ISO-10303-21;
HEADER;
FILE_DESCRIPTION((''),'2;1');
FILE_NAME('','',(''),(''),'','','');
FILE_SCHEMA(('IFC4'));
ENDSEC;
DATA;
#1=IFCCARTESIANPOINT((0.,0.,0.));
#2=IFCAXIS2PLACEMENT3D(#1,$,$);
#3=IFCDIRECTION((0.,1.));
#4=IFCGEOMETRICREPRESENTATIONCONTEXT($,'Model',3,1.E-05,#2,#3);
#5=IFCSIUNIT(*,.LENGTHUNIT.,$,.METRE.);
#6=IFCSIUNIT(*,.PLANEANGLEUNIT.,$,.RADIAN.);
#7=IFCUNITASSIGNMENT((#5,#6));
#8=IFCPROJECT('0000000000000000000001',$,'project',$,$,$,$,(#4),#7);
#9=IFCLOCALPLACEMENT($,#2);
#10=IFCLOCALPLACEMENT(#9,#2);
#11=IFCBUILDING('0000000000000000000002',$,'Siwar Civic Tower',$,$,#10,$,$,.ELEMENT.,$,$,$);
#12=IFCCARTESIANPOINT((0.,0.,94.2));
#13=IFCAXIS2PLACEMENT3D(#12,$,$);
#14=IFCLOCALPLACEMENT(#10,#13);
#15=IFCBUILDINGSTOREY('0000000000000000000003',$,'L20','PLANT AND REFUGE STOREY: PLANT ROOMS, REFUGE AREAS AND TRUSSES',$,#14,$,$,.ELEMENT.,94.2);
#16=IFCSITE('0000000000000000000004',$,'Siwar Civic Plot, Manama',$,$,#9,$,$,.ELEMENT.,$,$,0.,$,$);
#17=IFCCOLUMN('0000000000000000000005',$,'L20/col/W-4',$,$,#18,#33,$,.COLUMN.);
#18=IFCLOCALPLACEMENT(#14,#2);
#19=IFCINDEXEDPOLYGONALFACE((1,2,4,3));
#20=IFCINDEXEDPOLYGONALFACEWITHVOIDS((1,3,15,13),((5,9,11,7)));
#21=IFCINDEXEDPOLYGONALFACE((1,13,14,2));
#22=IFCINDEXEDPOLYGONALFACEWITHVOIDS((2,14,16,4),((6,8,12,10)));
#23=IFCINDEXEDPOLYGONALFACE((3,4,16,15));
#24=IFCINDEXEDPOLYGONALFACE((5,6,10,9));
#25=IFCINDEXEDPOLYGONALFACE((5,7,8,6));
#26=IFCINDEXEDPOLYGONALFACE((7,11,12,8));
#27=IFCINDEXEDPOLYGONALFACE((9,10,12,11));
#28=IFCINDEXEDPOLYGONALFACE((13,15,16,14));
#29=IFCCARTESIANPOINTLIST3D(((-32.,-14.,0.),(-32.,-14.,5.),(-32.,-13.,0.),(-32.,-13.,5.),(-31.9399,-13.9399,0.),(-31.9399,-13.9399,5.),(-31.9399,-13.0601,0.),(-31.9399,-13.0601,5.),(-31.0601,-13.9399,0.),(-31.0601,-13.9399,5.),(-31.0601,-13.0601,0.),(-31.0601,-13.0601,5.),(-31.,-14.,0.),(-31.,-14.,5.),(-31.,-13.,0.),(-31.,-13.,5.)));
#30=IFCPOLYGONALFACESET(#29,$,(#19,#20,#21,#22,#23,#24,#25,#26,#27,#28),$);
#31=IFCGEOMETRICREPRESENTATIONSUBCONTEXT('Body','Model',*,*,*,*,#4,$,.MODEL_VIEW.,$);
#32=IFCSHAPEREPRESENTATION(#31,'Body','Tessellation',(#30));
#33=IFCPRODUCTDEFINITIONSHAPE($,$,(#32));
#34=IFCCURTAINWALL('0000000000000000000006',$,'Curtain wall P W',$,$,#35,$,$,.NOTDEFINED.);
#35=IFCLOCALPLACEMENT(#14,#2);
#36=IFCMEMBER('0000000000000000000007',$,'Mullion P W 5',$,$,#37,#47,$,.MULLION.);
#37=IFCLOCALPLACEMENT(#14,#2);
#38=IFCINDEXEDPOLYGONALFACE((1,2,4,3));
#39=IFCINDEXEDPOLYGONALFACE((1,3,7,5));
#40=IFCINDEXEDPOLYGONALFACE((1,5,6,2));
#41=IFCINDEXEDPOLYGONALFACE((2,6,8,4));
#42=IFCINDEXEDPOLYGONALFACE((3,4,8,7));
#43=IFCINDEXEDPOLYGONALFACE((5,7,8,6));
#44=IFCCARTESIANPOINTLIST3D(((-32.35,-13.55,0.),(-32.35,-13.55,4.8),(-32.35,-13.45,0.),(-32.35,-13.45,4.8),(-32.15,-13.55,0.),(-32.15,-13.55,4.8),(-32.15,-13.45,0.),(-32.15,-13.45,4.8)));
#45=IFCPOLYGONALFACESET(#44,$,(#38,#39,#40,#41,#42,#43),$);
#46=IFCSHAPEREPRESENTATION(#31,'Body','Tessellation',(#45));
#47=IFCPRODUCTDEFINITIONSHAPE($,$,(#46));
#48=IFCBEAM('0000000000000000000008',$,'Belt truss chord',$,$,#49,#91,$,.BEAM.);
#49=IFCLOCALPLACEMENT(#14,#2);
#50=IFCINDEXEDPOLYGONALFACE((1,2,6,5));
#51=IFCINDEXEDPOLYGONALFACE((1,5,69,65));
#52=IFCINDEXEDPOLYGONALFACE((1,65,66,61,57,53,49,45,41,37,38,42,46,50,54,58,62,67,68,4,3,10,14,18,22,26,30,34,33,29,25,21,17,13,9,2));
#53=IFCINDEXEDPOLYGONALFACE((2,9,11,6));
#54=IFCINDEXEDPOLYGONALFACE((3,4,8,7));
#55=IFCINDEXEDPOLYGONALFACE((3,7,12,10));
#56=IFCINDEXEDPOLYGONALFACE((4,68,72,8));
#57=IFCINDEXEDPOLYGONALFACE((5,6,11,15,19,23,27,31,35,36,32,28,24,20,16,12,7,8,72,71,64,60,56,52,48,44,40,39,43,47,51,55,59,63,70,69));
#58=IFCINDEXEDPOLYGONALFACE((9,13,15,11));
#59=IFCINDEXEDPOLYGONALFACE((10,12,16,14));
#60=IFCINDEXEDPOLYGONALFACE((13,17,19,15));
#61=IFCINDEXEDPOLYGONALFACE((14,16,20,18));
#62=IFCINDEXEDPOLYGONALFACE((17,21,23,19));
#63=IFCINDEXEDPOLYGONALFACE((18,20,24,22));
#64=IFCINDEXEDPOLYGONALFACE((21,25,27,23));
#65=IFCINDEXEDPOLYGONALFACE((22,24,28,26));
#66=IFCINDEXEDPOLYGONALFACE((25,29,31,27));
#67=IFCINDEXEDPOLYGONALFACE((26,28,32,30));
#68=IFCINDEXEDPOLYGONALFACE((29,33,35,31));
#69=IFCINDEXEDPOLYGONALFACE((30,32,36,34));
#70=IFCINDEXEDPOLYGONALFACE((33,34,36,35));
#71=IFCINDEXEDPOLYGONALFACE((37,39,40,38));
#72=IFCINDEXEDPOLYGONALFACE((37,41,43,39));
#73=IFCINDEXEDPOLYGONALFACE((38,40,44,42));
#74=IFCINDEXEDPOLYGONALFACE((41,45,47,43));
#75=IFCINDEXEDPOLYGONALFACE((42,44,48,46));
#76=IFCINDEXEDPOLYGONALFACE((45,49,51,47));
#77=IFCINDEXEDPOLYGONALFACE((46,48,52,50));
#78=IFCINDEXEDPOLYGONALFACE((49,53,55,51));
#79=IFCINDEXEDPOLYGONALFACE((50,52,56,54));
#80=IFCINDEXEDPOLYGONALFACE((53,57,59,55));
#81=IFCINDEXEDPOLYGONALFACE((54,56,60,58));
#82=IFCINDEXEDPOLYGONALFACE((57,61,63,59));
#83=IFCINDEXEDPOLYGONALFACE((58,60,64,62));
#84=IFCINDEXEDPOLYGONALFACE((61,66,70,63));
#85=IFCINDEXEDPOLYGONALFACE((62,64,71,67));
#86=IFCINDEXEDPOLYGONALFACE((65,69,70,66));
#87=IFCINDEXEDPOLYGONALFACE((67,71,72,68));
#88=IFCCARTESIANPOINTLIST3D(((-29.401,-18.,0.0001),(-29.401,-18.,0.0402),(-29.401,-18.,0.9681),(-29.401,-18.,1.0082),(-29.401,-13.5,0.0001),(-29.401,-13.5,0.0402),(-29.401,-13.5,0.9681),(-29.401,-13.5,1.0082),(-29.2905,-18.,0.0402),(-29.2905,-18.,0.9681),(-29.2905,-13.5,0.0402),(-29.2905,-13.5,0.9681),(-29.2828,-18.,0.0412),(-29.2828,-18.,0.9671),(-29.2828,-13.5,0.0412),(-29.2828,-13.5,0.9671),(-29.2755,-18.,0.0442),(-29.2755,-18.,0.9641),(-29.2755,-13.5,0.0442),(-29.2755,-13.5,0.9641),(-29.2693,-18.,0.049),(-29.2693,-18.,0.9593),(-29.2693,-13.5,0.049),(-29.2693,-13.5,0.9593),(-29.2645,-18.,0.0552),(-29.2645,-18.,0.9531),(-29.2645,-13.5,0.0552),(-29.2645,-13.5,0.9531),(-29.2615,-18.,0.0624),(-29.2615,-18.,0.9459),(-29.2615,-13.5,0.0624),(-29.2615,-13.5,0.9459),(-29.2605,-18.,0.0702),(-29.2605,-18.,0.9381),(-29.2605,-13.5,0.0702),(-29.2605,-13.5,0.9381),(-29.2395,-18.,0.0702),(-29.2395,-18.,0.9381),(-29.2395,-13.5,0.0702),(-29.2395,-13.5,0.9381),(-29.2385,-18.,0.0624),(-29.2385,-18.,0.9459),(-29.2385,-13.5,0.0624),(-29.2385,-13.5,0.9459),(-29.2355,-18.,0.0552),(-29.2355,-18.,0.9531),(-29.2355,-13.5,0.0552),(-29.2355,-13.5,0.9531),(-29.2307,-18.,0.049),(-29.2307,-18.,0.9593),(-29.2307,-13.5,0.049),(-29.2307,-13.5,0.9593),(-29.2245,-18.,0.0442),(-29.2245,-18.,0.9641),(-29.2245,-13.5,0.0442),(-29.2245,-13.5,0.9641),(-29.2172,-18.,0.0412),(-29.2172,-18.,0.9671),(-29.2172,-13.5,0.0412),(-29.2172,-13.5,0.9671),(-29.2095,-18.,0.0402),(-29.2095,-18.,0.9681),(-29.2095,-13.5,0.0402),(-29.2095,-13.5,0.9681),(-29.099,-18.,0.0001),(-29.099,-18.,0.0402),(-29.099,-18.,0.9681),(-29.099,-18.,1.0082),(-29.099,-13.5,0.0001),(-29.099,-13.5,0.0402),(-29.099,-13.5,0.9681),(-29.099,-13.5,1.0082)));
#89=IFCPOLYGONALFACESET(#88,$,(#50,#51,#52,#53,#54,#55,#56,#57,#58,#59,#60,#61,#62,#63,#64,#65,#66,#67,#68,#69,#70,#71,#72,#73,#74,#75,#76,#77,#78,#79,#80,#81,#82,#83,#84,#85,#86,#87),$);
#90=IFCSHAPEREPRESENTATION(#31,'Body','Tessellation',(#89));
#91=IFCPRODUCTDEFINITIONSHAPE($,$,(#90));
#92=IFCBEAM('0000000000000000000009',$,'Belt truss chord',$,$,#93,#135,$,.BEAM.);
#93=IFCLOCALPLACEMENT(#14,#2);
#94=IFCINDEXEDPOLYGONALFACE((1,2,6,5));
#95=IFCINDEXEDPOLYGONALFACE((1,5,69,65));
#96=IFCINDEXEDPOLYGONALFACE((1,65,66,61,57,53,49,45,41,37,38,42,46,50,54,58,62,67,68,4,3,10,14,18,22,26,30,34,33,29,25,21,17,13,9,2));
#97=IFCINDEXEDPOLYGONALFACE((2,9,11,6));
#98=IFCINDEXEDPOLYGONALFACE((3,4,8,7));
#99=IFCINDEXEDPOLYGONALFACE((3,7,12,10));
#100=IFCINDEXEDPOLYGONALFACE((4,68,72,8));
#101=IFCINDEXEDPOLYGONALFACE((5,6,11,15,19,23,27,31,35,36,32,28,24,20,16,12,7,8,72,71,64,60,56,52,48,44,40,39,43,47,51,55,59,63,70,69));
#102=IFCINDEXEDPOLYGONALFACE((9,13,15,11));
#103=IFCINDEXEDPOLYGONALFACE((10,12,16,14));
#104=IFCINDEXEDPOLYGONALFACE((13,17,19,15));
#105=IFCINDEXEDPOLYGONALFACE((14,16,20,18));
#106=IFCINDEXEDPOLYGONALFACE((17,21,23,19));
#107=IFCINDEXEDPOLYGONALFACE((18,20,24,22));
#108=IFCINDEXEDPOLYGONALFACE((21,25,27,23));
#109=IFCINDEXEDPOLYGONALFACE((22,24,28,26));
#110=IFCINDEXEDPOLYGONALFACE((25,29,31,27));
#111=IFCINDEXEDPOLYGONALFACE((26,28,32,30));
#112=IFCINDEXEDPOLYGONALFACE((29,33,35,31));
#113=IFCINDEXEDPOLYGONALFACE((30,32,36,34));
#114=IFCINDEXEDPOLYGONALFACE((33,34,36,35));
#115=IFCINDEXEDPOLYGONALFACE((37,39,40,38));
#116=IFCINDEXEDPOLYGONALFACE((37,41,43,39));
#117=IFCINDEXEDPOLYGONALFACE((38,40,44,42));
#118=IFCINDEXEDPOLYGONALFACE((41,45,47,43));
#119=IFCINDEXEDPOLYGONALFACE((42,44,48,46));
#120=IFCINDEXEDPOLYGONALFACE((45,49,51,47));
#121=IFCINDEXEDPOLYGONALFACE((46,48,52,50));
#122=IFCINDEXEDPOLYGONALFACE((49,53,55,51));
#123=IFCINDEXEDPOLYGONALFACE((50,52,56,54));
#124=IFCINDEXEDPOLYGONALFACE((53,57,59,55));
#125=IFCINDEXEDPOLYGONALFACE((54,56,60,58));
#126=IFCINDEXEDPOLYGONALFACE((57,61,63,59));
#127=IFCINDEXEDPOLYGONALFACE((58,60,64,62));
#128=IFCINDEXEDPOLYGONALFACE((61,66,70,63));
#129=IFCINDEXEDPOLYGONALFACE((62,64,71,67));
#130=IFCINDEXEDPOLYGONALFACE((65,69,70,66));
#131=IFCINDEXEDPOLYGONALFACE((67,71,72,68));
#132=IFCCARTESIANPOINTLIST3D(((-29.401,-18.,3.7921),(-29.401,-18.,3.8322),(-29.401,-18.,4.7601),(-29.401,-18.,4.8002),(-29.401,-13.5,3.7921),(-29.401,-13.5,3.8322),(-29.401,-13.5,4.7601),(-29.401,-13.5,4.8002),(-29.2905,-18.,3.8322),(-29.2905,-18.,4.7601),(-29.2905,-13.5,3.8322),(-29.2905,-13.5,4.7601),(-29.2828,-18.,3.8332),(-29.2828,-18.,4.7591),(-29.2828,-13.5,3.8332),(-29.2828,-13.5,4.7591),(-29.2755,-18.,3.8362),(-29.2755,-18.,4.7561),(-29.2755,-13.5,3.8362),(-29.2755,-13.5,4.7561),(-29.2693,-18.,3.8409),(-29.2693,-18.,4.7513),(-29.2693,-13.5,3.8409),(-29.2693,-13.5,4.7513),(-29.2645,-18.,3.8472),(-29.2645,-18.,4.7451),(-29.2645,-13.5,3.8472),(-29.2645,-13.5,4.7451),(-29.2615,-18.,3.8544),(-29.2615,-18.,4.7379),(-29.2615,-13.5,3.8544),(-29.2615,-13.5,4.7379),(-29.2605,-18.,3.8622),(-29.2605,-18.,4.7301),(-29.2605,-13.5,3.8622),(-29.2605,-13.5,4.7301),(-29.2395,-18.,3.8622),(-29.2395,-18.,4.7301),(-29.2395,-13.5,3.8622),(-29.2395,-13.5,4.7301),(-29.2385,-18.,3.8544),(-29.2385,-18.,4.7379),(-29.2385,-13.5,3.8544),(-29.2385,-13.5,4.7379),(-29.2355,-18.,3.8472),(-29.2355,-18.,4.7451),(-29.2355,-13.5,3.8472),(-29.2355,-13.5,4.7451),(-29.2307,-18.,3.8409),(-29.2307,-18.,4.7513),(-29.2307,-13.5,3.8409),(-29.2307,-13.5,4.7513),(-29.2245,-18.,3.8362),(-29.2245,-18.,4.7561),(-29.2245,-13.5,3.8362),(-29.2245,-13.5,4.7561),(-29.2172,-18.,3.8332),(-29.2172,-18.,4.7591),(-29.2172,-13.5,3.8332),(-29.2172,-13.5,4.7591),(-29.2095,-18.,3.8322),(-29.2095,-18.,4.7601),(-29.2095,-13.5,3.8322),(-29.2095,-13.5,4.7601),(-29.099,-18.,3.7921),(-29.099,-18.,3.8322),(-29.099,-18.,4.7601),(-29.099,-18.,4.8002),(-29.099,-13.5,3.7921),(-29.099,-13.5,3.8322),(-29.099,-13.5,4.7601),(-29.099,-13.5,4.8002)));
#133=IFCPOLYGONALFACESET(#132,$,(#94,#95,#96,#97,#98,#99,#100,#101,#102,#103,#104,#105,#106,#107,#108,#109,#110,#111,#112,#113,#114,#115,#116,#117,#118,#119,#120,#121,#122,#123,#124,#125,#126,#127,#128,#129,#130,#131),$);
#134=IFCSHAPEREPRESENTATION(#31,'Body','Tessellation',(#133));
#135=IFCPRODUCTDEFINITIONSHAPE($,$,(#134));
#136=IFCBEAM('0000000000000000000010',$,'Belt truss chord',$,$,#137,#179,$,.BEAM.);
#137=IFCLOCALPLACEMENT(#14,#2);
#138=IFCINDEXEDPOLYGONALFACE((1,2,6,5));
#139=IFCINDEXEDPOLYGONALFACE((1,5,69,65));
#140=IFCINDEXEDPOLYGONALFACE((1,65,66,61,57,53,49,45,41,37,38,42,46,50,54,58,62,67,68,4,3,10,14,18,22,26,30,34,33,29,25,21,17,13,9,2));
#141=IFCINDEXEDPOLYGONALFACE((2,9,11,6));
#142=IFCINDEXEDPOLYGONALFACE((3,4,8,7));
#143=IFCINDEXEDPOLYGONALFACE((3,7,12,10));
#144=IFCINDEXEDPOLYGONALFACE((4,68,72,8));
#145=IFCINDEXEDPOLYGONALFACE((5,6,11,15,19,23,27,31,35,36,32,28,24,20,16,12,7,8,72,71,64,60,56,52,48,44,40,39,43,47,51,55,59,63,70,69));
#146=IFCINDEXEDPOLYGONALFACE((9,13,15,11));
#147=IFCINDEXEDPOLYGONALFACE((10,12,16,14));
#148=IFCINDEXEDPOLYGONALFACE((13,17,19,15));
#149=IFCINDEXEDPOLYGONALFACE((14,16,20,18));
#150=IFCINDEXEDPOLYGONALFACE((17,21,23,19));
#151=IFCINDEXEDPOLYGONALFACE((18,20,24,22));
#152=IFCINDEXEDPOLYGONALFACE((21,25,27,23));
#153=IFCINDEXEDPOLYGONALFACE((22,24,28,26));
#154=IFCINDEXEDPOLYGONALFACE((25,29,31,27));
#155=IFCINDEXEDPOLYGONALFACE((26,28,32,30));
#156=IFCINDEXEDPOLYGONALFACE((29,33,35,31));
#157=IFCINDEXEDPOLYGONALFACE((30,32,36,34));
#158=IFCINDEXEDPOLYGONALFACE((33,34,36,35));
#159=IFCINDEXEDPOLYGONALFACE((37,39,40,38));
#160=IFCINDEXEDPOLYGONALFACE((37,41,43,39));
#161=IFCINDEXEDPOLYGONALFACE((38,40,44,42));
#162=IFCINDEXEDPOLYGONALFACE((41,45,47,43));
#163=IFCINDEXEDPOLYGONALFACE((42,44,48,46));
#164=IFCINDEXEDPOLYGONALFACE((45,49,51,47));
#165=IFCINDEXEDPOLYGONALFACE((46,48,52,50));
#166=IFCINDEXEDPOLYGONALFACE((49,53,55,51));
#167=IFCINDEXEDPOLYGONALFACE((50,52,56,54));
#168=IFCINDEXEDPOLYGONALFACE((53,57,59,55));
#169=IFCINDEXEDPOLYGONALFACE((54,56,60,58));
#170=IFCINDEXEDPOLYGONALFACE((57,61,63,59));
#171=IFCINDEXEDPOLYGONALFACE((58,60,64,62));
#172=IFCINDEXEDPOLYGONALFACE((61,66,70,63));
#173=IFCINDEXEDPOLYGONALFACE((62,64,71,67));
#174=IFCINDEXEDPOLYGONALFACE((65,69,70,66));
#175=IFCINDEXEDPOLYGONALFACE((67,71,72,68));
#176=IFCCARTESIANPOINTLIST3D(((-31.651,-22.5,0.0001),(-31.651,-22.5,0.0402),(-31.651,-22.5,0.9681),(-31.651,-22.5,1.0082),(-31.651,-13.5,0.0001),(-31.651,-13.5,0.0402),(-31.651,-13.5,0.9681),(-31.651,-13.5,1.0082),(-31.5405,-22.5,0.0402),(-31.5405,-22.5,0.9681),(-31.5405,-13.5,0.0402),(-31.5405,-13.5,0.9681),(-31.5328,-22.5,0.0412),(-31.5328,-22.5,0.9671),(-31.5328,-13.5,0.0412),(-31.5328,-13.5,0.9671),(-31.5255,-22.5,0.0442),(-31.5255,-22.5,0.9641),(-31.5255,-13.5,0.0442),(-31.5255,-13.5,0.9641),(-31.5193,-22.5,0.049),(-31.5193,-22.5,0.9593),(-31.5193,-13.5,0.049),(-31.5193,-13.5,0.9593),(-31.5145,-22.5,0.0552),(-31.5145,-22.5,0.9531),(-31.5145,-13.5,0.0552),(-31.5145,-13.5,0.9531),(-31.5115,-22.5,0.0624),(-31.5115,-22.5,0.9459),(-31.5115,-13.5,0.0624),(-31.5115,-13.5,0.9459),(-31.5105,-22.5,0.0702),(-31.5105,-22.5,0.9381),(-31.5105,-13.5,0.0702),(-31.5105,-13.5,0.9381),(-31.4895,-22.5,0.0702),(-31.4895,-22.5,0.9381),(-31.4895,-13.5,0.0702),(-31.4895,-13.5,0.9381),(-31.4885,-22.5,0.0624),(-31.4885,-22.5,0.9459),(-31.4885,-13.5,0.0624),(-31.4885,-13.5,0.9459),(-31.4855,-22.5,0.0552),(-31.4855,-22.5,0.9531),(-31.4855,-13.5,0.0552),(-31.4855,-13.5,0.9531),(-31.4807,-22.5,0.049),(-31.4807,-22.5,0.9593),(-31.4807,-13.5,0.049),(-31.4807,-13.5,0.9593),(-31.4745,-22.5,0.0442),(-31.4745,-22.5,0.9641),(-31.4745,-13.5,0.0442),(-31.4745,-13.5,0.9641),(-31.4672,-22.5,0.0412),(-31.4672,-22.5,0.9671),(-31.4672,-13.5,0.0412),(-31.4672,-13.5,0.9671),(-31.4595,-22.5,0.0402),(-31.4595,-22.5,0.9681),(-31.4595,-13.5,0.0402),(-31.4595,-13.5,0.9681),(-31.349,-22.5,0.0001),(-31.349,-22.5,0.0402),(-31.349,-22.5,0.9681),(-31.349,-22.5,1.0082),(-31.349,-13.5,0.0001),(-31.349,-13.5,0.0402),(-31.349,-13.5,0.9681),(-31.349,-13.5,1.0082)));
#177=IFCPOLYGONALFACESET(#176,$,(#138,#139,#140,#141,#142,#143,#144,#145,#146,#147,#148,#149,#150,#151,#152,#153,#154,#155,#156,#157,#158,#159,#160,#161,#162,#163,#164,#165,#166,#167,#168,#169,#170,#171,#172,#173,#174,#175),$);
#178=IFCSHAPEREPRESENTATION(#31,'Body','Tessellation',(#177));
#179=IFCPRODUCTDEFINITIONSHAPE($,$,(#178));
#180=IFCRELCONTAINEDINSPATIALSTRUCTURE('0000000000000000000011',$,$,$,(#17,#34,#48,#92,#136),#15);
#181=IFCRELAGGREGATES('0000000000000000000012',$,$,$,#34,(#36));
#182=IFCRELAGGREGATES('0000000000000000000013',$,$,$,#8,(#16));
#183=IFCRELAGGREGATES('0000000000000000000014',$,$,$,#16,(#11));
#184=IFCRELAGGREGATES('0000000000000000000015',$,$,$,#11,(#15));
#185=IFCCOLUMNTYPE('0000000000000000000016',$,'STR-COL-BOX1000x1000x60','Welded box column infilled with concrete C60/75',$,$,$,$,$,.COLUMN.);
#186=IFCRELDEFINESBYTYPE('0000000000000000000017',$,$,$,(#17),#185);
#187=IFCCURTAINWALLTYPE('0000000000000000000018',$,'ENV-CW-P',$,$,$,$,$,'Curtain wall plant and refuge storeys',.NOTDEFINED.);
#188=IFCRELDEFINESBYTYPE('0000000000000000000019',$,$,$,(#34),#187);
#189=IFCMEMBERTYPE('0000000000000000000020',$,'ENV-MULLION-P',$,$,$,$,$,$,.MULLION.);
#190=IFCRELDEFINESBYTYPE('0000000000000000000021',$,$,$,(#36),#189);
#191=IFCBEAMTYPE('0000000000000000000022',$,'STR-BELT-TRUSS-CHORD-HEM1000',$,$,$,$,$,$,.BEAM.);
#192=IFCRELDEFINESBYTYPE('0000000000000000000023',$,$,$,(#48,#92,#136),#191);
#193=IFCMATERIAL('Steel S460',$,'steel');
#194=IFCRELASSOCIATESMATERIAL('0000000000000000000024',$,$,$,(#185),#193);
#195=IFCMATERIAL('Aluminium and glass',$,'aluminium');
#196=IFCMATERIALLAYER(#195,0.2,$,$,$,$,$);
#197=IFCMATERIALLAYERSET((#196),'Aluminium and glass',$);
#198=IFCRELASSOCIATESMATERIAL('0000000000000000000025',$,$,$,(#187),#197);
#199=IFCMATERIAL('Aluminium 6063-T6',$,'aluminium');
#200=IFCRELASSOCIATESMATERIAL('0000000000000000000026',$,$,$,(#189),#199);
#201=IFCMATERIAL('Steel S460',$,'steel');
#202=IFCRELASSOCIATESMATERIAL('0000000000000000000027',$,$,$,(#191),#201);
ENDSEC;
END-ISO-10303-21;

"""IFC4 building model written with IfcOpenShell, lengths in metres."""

from ifc_helpers import new_model, si_unit, direction, frame, origin, origin_2d, place, context, subcontext, project, spatial, rectangle, hollow_rectangle, i_section, extrude, material, layer, layer_set, material_profile, profile_set, type_object, element, aggregate, save


model = new_model("IFC4")

# Units and contexts
model_context = context("Model", 3, precision=1e-05, world=origin(), true_north=direction((0.0, 1.0)))
body_context = subcontext(model_context, "Body", "Model", "MODEL_VIEW")
ifc_project = project(units=[si_unit("LENGTHUNIT", "METRE"), si_unit("PLANEANGLEUNIT", "RADIAN")], contexts=[model_context])

# Site, building, storey
site_placement = place(None, origin())
site = spatial("IfcSite", under=ifc_project, at=site_placement, Name="Siwar Civic Plot, Manama", CompositionType="ELEMENT", RefElevation=0.0)
building_placement = place(site_placement, origin())
building = spatial("IfcBuilding", under=site, at=building_placement, Name="Siwar Civic Tower", CompositionType="ELEMENT")
storey_placement = place(building_placement, frame((0.0, 0.0, 94.2)))
storey = spatial("IfcBuildingStorey", under=building, at=storey_placement, Name="L20", Description="PLANT AND REFUGE STOREY: PLANT ROOMS, REFUGE AREAS AND TRUSSES", CompositionType="ELEMENT", Elevation=94.2)

# Column
ifc_material_1 = material(Name="Steel S460", Category="steel")
ifc_material_profile_1 = material_profile(ifc_material_1, hollow_rectangle(XDim=1.0, YDim=1.0, WallThickness=0.0601, at=origin_2d()), Name="BOX1000x1000x60")
ifc_profile_set_1 = profile_set([ifc_material_profile_1], Name="Steel S460")
column_type = type_object("IfcColumnType", Name="STR-COL-BOX1000x1000x60", Description="Welded box column infilled with concrete C60/75", PredefinedType="COLUMN", material=ifc_profile_set_1)
column_placement = place(storey_placement, frame((-31.5, -13.5, 0.0), z_axis=(0.0, 0.0, 1.0), x_axis=(1.0, 0.0, 0.0)))
element("IfcColumn", 1, at=column_placement, inside=storey, type_object=column_type, Name="L20/col/W-4", PredefinedType="COLUMN", context=body_context, shape_type="SweptSolid", body=[
    extrude(hollow_rectangle(XDim=1.0, YDim=1.0, WallThickness=0.0601, at=origin_2d()), origin(), (0.0, 0.0, 1.0), 5.0),
])

# Curtain wall, member
ifc_material_2 = material(Name="Aluminium and glass", Category="aluminium")
ifc_layer_1 = layer(ifc_material_2, 0.2)
ifc_layer_set_1 = layer_set([ifc_layer_1], Name="Aluminium and glass")
curtain_wall_type = type_object("IfcCurtainWallType", Name="ENV-CW-P", ElementType="Curtain wall plant and refuge storeys", PredefinedType="NOTDEFINED", material=ifc_layer_set_1)
curtain_wall_placement = place(storey_placement, origin())
curtain_wall = element("IfcCurtainWall", 2, at=curtain_wall_placement, inside=storey, type_object=curtain_wall_type, Name="Curtain wall P W", PredefinedType="NOTDEFINED")
ifc_material_3 = material(Name="Aluminium 6063-T6", Category="aluminium")
ifc_material_profile_2 = material_profile(ifc_material_3, rectangle(XDim=0.2, YDim=0.1001, at=origin_2d()), Name="AL 200x100")
ifc_profile_set_2 = profile_set([ifc_material_profile_2], Name="Aluminium 6063-T6")
member_type_1 = type_object("IfcMemberType", Name="ENV-MULLION-P", PredefinedType="MULLION", material=ifc_profile_set_2)
member_1_placement = place(storey_placement, frame((-32.25, -13.5, 0.0), z_axis=(0.0, 0.0, 1.0), x_axis=(1.0, 0.0, 0.0)))
member_1 = element("IfcMember", 3, at=member_1_placement, type_object=member_type_1, Name="Mullion P W 5", PredefinedType="MULLION", context=body_context, shape_type="SweptSolid", body=[
    extrude(rectangle(XDim=0.2, YDim=0.1001, at=origin_2d()), origin(), (0.0, 0.0, 1.0), 4.8),
])

# Beams
ifc_material_4 = material(Name="Steel S460", Category="steel")
ifc_material_profile_3 = material_profile(ifc_material_4, i_section(OverallWidth=0.302, OverallDepth=1.0081, WebThickness=0.021, FlangeThickness=0.04, FilletRadius=0.03, at=origin_2d()), Name="HEM1000")
ifc_profile_set_3 = profile_set([ifc_material_profile_3], Name="Steel S460")
beam_type_1 = type_object("IfcBeamType", Name="STR-BELT-TRUSS-CHORD-HEM1000", PredefinedType="BEAM", material=ifc_profile_set_3)
for number, where, z_axis, x_axis, name in (
    (4, (-29.25, -13.5, 0.5042), (0.0, -1.0, 0.0), (1.0, 0.0, 0.0), "Belt truss chord"),
    (5, (-29.25, -13.5, 4.2961), (0.0, -1.0, 0.0), (1.0, 0.0, 0.0), "Belt truss chord"),
):
    element("IfcBeam", number, at=place(storey_placement, frame(where, z_axis=z_axis, x_axis=x_axis)), inside=storey, type_object=beam_type_1, Name=name, PredefinedType="BEAM", context=body_context, shape_type="SweptSolid", body=[
        extrude(i_section(OverallWidth=0.302, OverallDepth=1.0081, WebThickness=0.021, FlangeThickness=0.04, FilletRadius=0.03, at=origin_2d()), origin(), (0.0, 0.0, 1.0), 4.5),
    ])
for number, where, z_axis, x_axis, name in (
    (6, (-31.5, -13.5, 0.5042), (0.0, -1.0, 0.0), (1.0, 0.0, 0.0), "Belt truss chord"),
):
    element("IfcBeam", number, at=place(storey_placement, frame(where, z_axis=z_axis, x_axis=x_axis)), inside=storey, type_object=beam_type_1, Name=name, PredefinedType="BEAM", context=body_context, shape_type="SweptSolid", body=[
        extrude(i_section(OverallWidth=0.302, OverallDepth=1.0081, WebThickness=0.021, FlangeThickness=0.04, FilletRadius=0.03, at=origin_2d()), origin(), (0.0, 0.0, 1.0), 9.0),
    ])

aggregate(curtain_wall, [member_1])

save(model, "model.ifc")
